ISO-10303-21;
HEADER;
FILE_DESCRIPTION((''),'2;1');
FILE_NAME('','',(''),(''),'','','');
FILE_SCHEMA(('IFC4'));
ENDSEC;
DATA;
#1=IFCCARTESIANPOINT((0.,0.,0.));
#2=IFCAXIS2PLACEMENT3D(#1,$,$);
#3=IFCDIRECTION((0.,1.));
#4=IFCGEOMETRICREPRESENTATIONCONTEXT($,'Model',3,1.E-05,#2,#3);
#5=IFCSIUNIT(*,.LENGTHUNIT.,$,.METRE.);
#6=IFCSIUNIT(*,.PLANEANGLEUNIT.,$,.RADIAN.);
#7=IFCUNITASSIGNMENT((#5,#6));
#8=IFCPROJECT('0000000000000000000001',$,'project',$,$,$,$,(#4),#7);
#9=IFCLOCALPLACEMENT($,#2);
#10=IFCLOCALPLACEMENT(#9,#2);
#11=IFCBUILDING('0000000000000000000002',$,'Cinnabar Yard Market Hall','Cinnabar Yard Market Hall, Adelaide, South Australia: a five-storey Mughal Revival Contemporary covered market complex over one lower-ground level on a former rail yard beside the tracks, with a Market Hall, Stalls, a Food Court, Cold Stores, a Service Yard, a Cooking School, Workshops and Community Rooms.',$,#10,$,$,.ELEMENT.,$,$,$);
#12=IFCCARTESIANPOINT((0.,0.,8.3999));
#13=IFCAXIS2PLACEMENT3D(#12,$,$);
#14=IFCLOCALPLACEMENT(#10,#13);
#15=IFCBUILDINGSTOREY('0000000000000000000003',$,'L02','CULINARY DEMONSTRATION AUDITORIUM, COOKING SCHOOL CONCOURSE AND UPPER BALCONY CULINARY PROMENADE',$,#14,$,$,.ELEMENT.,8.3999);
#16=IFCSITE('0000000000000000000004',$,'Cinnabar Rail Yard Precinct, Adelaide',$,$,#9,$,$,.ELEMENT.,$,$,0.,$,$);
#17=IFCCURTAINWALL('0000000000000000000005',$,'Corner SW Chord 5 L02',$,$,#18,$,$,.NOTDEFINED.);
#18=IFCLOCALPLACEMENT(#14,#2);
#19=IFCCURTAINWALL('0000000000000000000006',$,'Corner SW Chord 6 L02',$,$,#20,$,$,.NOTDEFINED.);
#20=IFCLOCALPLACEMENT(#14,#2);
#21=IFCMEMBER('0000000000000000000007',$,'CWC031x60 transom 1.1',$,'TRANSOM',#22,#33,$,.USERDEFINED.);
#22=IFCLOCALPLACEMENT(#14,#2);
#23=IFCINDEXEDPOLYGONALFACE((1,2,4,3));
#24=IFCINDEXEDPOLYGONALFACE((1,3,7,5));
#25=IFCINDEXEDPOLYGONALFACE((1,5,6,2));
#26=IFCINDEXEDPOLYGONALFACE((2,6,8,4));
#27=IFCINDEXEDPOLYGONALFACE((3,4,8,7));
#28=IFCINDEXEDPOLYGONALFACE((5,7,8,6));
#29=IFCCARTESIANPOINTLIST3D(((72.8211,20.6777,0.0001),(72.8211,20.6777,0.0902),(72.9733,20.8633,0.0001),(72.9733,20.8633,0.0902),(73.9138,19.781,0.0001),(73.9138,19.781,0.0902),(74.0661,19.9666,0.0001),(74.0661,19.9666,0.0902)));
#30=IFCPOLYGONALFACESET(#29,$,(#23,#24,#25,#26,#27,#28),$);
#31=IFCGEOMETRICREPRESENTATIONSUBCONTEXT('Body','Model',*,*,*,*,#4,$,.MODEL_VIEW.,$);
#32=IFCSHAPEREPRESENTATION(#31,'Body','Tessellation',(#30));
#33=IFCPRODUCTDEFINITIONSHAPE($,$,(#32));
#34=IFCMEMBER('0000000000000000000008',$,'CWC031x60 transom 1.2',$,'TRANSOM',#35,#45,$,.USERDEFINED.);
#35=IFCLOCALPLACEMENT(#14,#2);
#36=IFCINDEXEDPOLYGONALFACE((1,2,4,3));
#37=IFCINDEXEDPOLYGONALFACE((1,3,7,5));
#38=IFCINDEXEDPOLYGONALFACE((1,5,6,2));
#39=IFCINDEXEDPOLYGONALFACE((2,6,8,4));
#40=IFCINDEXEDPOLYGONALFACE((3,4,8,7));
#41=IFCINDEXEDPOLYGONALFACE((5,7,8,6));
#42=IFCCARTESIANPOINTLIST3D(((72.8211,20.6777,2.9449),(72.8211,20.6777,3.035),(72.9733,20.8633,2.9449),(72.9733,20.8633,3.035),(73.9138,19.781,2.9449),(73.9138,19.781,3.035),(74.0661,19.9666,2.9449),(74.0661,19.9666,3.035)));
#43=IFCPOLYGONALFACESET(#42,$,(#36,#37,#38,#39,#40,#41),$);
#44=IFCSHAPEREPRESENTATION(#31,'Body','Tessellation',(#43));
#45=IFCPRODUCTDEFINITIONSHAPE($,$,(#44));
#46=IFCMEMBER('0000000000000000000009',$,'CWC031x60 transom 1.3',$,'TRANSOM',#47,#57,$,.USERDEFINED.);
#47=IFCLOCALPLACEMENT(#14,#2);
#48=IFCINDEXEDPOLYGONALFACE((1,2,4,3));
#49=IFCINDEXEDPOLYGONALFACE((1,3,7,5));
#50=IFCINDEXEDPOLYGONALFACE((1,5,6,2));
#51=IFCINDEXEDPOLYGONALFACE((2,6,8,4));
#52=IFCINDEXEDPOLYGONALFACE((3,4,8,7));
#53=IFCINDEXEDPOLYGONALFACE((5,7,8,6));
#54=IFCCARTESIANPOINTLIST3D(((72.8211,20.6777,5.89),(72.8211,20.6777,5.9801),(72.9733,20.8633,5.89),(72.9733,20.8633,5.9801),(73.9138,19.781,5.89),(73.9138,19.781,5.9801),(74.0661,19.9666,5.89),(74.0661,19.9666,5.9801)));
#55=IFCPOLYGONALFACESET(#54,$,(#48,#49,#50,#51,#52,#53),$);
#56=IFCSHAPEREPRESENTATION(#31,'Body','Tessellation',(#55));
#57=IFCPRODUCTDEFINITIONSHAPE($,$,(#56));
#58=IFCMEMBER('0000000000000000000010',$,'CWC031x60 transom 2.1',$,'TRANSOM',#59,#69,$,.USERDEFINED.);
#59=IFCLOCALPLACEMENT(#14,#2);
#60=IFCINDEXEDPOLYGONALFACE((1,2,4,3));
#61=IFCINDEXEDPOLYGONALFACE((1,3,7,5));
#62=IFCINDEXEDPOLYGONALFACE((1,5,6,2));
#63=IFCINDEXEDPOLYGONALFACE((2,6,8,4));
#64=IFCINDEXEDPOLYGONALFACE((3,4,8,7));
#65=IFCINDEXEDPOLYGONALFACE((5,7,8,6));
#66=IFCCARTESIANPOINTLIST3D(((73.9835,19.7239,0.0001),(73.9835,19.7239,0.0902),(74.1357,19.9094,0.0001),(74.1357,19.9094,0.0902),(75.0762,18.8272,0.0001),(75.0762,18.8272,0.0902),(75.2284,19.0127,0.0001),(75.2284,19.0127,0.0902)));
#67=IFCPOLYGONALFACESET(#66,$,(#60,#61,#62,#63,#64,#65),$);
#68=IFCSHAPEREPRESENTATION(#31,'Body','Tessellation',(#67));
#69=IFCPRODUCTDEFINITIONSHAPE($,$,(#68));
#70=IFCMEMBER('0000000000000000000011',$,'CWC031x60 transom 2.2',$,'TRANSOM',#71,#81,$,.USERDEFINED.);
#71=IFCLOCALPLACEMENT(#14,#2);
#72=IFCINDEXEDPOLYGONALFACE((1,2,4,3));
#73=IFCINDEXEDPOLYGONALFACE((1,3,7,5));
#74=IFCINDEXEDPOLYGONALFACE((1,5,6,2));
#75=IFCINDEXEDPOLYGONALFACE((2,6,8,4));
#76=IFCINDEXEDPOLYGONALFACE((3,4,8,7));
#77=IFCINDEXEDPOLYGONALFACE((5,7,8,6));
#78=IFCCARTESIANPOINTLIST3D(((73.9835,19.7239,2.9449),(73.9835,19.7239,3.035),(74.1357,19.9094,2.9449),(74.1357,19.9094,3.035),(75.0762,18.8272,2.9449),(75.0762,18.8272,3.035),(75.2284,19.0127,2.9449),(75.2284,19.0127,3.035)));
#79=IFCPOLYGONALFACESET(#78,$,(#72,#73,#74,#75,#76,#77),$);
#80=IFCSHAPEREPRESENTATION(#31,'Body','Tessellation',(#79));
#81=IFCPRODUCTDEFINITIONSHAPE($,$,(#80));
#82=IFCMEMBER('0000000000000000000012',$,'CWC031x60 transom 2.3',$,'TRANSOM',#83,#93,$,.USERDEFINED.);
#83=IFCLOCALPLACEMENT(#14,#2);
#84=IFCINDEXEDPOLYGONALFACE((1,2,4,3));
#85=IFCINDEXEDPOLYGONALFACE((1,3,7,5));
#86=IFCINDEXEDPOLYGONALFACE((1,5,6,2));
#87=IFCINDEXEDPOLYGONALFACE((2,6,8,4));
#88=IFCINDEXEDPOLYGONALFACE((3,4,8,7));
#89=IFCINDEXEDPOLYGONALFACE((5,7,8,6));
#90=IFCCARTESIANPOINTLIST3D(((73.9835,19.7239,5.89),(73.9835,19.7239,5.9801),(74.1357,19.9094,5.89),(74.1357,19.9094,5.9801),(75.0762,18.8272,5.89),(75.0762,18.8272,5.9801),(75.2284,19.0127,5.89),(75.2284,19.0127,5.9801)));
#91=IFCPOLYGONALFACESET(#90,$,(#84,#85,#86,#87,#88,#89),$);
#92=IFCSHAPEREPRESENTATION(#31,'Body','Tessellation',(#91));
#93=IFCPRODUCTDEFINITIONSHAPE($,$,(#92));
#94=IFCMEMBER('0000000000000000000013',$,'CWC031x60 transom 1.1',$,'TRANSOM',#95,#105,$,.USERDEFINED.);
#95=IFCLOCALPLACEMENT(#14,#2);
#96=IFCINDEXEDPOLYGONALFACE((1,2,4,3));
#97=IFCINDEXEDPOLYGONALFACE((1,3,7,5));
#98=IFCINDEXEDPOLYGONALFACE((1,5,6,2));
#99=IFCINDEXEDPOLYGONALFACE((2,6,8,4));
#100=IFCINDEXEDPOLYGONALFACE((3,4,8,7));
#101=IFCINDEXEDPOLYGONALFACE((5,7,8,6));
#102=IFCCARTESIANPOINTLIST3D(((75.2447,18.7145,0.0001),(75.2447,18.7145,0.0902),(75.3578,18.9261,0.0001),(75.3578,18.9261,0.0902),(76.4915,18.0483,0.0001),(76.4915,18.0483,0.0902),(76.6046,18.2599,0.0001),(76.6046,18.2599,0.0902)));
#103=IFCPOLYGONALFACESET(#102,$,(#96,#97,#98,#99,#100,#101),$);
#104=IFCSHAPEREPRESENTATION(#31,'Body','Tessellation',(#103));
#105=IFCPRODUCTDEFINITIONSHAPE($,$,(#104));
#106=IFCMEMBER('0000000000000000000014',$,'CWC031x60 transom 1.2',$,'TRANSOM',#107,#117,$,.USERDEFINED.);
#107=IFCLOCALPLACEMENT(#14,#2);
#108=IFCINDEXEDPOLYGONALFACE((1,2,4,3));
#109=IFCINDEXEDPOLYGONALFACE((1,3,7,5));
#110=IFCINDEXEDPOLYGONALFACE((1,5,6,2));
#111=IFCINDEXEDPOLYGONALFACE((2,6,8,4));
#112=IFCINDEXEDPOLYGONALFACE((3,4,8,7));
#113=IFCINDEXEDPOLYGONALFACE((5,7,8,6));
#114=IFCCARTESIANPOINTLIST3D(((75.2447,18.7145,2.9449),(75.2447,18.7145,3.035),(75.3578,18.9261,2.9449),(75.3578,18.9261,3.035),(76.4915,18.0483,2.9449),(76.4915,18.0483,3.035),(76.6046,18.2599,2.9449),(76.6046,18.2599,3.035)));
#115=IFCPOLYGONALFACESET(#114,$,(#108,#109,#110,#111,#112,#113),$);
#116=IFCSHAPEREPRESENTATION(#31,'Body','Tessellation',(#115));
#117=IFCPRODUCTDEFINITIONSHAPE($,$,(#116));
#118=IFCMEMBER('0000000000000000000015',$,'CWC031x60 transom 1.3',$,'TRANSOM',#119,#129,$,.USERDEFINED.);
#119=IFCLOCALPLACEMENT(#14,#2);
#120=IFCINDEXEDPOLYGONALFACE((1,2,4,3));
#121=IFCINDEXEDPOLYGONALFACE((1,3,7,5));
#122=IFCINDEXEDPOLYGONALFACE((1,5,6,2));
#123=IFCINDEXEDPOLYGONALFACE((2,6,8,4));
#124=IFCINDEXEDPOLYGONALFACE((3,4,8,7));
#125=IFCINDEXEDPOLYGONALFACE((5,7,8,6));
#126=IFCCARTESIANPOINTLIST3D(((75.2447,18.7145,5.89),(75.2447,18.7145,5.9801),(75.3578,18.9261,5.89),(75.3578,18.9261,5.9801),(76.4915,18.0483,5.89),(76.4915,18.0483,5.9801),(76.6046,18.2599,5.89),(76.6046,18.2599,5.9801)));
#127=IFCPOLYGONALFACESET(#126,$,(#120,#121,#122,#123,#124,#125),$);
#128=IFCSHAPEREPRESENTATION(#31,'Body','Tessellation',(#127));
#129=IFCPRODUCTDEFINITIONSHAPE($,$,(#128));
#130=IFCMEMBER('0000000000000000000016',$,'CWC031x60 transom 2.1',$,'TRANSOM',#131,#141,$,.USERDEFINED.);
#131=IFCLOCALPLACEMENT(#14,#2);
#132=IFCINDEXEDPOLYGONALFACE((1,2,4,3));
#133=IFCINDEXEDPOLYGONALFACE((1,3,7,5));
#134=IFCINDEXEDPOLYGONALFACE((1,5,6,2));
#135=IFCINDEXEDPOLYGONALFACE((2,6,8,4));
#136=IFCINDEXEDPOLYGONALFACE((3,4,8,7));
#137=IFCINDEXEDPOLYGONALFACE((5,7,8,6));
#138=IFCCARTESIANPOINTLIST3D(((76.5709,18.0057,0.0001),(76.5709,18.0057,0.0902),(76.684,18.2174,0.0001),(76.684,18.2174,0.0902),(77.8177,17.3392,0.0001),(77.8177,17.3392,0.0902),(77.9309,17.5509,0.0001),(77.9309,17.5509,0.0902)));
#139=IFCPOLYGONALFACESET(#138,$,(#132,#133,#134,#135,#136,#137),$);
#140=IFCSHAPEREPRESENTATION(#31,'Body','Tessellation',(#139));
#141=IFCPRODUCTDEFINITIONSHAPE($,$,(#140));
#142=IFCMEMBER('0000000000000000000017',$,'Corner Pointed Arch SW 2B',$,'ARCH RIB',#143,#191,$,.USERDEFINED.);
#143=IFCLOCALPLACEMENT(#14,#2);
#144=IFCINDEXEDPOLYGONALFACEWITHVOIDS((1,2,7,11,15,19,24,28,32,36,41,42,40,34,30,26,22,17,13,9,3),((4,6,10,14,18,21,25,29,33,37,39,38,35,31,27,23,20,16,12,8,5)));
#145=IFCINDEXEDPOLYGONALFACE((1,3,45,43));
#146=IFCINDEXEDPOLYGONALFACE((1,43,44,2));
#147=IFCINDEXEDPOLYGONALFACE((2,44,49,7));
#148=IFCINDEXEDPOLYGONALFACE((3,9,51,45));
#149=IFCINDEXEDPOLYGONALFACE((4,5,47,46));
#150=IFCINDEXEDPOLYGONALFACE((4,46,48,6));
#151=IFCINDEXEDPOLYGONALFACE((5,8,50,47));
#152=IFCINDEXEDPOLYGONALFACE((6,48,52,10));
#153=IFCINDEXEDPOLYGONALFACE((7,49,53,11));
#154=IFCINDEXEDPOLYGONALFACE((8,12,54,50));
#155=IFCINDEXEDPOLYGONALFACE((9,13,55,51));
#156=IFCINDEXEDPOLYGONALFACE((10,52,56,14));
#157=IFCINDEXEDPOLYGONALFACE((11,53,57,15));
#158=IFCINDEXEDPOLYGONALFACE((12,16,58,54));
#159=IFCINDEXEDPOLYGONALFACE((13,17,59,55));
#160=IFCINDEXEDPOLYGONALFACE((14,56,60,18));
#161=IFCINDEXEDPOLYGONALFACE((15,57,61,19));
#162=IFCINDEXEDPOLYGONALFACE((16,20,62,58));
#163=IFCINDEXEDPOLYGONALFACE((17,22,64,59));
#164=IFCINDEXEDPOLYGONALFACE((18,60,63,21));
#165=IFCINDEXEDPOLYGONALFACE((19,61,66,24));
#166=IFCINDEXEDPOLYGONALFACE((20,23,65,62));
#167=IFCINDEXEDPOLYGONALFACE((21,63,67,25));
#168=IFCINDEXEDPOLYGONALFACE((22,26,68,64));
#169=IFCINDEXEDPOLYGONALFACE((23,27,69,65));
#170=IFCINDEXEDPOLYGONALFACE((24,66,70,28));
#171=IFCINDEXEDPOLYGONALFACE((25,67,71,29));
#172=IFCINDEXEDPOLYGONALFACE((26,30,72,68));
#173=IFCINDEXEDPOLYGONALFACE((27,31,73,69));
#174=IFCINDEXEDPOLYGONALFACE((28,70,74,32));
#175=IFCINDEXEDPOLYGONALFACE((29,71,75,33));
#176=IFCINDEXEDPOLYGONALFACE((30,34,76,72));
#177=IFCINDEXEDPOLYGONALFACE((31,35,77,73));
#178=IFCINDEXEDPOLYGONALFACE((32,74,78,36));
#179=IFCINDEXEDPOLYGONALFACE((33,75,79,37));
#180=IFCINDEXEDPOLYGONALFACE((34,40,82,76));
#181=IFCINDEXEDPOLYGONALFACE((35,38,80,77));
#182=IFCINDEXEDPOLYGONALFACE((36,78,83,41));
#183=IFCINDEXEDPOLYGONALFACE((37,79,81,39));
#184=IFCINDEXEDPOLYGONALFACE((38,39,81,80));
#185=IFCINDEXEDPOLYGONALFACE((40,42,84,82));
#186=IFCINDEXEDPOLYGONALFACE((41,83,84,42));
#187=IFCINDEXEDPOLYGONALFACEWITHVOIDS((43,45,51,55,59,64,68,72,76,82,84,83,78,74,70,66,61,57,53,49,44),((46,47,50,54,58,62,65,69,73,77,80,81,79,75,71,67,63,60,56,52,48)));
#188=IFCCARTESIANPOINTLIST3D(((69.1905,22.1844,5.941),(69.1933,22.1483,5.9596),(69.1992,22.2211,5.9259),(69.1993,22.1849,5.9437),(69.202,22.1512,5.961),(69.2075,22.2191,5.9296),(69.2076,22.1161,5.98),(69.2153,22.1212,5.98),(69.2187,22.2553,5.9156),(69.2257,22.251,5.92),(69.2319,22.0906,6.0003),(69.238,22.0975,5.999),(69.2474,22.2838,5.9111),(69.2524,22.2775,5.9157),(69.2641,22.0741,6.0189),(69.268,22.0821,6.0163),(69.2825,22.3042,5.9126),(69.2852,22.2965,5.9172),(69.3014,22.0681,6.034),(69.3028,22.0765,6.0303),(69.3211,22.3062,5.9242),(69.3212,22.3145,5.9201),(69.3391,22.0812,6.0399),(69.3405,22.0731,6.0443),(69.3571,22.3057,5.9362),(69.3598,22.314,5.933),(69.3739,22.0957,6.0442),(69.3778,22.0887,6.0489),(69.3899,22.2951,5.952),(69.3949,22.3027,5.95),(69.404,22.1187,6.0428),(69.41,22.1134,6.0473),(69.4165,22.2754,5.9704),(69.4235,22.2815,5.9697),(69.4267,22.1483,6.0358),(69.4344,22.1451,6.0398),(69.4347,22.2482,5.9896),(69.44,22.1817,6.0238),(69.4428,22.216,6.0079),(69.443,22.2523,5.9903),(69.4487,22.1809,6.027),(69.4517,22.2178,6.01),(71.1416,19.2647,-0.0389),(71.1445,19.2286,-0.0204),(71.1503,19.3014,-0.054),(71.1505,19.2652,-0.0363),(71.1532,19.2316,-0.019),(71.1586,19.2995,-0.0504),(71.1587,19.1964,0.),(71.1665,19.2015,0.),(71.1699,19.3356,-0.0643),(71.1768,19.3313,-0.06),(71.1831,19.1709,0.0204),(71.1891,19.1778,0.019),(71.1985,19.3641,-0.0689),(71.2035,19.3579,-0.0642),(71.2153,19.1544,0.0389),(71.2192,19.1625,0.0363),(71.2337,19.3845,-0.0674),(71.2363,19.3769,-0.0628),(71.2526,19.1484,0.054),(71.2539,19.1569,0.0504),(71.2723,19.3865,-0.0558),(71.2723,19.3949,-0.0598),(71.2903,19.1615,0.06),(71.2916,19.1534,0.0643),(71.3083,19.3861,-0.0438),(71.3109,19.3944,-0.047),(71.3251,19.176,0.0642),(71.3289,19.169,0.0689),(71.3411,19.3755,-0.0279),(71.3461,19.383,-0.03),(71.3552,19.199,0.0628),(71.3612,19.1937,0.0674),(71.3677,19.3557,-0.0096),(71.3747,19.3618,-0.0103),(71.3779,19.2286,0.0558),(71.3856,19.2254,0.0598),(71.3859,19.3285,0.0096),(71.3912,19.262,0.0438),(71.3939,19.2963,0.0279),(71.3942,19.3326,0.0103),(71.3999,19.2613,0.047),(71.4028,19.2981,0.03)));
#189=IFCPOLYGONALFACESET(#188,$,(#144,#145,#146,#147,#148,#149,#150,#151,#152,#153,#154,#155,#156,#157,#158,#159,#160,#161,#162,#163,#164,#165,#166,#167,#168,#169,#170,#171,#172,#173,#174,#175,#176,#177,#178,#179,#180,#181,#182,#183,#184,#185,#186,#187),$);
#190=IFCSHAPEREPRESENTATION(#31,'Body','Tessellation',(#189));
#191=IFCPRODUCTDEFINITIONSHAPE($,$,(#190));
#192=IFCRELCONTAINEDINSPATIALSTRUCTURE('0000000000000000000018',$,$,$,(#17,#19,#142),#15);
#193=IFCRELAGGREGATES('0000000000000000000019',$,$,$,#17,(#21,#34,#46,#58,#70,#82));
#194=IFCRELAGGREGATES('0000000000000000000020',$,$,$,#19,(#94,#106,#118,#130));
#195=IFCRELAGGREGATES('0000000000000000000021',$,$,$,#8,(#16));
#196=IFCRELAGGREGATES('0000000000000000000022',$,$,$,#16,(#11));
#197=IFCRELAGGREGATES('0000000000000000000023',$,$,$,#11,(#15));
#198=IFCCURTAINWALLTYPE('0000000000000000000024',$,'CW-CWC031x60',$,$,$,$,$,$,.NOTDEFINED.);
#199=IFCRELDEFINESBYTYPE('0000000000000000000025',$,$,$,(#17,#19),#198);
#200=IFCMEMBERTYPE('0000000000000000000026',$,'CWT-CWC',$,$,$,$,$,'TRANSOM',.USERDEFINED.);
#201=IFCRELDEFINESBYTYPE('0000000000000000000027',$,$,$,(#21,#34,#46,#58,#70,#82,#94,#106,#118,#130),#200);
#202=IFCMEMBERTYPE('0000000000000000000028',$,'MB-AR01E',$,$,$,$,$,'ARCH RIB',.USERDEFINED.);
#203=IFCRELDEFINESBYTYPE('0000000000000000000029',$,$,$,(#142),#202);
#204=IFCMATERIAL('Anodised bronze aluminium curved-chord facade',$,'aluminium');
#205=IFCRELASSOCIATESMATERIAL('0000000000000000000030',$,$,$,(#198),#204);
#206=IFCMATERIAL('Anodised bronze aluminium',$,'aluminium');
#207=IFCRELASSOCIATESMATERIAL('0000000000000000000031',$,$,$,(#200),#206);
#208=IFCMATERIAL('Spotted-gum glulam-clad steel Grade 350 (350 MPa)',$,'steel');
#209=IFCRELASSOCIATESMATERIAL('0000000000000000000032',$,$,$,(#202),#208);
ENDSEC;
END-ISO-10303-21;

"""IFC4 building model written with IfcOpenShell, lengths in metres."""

from ifc_helpers import new_model, si_unit, direction, frame, origin, origin_2d_with_axis, place, context, subcontext, project, spatial, rectangle, hollow_circle, extrude, material, material_profile, profile_set, type_object, element, aggregate, save


model = new_model("IFC4")

# Units and contexts
model_context = context("Model", 3, precision=1e-05, world=origin(), true_north=direction((0.0, 1.0)))
body_context = subcontext(model_context, "Body", "Model", "MODEL_VIEW")
ifc_project = project(units=[si_unit("LENGTHUNIT", "METRE"), si_unit("PLANEANGLEUNIT", "RADIAN")], contexts=[model_context])

# Site, building, storey
site_placement = place(None, origin())
site = spatial("IfcSite", under=ifc_project, at=site_placement, Name="Cinnabar Rail Yard Precinct, Adelaide", CompositionType="ELEMENT", RefElevation=0.0)
building_placement = place(site_placement, origin())
building = spatial("IfcBuilding", under=site, at=building_placement, Name="Cinnabar Yard Market Hall", Description="Cinnabar Yard Market Hall, Adelaide, South Australia: a five-storey Mughal Revival Contemporary covered market complex over one lower-ground level on a former rail yard beside the tracks, with a Market Hall, Stalls, a Food Court, Cold Stores, a Service Yard, a Cooking School, Workshops and Community Rooms.", CompositionType="ELEMENT")
storey_placement = place(building_placement, frame((0.0, 0.0, 8.3999)))
storey = spatial("IfcBuildingStorey", under=building, at=storey_placement, Name="L02", Description="CULINARY DEMONSTRATION AUDITORIUM, COOKING SCHOOL CONCOURSE AND UPPER BALCONY CULINARY PROMENADE", CompositionType="ELEMENT", Elevation=8.3999)

# Shared definitions
ifc_material_1 = material(Name="Spotted-gum glulam-clad steel Grade 350 (350 MPa)", Category="steel")

# Curtain walls
ifc_material_2 = material(Name="Anodised bronze aluminium curved-chord facade", Category="aluminium")
curtain_wall_type = type_object("IfcCurtainWallType", Name="CW-CWC031x60", PredefinedType="NOTDEFINED", material=ifc_material_2)
ifc_material_3 = material(Name="Anodised bronze aluminium", Category="aluminium")
curtain_wall_1_placement = place(storey_placement, origin())
curtain_wall_1 = element("IfcCurtainWall", 1, at=curtain_wall_1_placement, inside=storey, type_object=curtain_wall_type, Name="Corner SW Chord 5 L02", PredefinedType="NOTDEFINED")
curtain_wall_2_placement = place(storey_placement, origin())
curtain_wall_2 = element("IfcCurtainWall", 2, at=curtain_wall_2_placement, inside=storey, type_object=curtain_wall_type, Name="Corner SW Chord 6 L02", PredefinedType="NOTDEFINED")

# Members
ifc_material_profile_1 = material_profile(ifc_material_3, rectangle(XDim=0.24, YDim=0.0901, at=origin_2d_with_axis()), Name="TRN-CWC")
ifc_profile_set_1 = profile_set([ifc_material_profile_1], Name="Anodised bronze aluminium")
member_type_1 = type_object("IfcMemberType", Name="CWT-CWC", ElementType="TRANSOM", PredefinedType="USERDEFINED", material=ifc_profile_set_1)
member_1_placement = place(storey_placement, frame((72.8972, 20.7705, 0.0452), z_axis=(0.773041, -0.634356, 0.0), x_axis=(0.634356, 0.773041, 0.0)))
member_1 = element("IfcMember", 3, at=member_1_placement, type_object=member_type_1, Name="CWC031x60 transom 1.1", ObjectType="TRANSOM", PredefinedType="USERDEFINED", context=body_context, shape_type="SweptSolid", body=[
    extrude(rectangle(XDim=0.24, YDim=0.0901, at=origin_2d_with_axis()), origin(), (0.0, 0.0, 1.0), 1.4136),
])
member_2_placement = place(storey_placement, frame((72.8972, 20.7705, 2.99), z_axis=(0.773041, -0.634356, 0.0), x_axis=(0.634356, 0.773041, 0.0)))
member_2 = element("IfcMember", 4, at=member_2_placement, type_object=member_type_1, Name="CWC031x60 transom 1.2", ObjectType="TRANSOM", PredefinedType="USERDEFINED", context=body_context, shape_type="SweptSolid", body=[
    extrude(rectangle(XDim=0.24, YDim=0.0901, at=origin_2d_with_axis()), origin(), (0.0, 0.0, 1.0), 1.4136),
])
member_3_placement = place(storey_placement, frame((72.8972, 20.7705, 5.9351), z_axis=(0.773041, -0.634356, 0.0), x_axis=(0.634356, 0.773041, 0.0)))
member_3 = element("IfcMember", 5, at=member_3_placement, type_object=member_type_1, Name="CWC031x60 transom 1.3", ObjectType="TRANSOM", PredefinedType="USERDEFINED", context=body_context, shape_type="SweptSolid", body=[
    extrude(rectangle(XDim=0.24, YDim=0.0901, at=origin_2d_with_axis()), origin(), (0.0, 0.0, 1.0), 1.4136),
])
member_4_placement = place(storey_placement, frame((74.0596, 19.8167, 0.0452), z_axis=(0.773041, -0.634356, 0.0), x_axis=(0.634356, 0.773041, 0.0)))
member_4 = element("IfcMember", 6, at=member_4_placement, type_object=member_type_1, Name="CWC031x60 transom 2.1", ObjectType="TRANSOM", PredefinedType="USERDEFINED", context=body_context, shape_type="SweptSolid", body=[
    extrude(rectangle(XDim=0.24, YDim=0.0901, at=origin_2d_with_axis()), origin(), (0.0, 0.0, 1.0), 1.4136),
])
member_5_placement = place(storey_placement, frame((74.0596, 19.8167, 2.99), z_axis=(0.773041, -0.634356, 0.0), x_axis=(0.634356, 0.773041, 0.0)))
member_5 = element("IfcMember", 7, at=member_5_placement, type_object=member_type_1, Name="CWC031x60 transom 2.2", ObjectType="TRANSOM", PredefinedType="USERDEFINED", context=body_context, shape_type="SweptSolid", body=[
    extrude(rectangle(XDim=0.24, YDim=0.0901, at=origin_2d_with_axis()), origin(), (0.0, 0.0, 1.0), 1.4136),
])
member_6_placement = place(storey_placement, frame((74.0596, 19.8167, 5.9351), z_axis=(0.773041, -0.634356, 0.0), x_axis=(0.634356, 0.773041, 0.0)))
member_6 = element("IfcMember", 8, at=member_6_placement, type_object=member_type_1, Name="CWC031x60 transom 2.3", ObjectType="TRANSOM", PredefinedType="USERDEFINED", context=body_context, shape_type="SweptSolid", body=[
    extrude(rectangle(XDim=0.24, YDim=0.0901, at=origin_2d_with_axis()), origin(), (0.0, 0.0, 1.0), 1.4136),
])
member_7_placement = place(storey_placement, frame((75.3013, 18.8203, 0.0452), z_axis=(0.881975, -0.471296, 0.0), x_axis=(0.471296, 0.881975, 0.0)))
member_7 = element("IfcMember", 9, at=member_7_placement, type_object=member_type_1, Name="CWC031x60 transom 1.1", ObjectType="TRANSOM", PredefinedType="USERDEFINED", context=body_context, shape_type="SweptSolid", body=[
    extrude(rectangle(XDim=0.24, YDim=0.0901, at=origin_2d_with_axis()), origin(), (0.0, 0.0, 1.0), 1.4136),
])
member_8_placement = place(storey_placement, frame((75.3013, 18.8203, 2.99), z_axis=(0.881975, -0.471296, 0.0), x_axis=(0.471296, 0.881975, 0.0)))
member_8 = element("IfcMember", 10, at=member_8_placement, type_object=member_type_1, Name="CWC031x60 transom 1.2", ObjectType="TRANSOM", PredefinedType="USERDEFINED", context=body_context, shape_type="SweptSolid", body=[
    extrude(rectangle(XDim=0.24, YDim=0.0901, at=origin_2d_with_axis()), origin(), (0.0, 0.0, 1.0), 1.4136),
])
member_9_placement = place(storey_placement, frame((75.3013, 18.8203, 5.9351), z_axis=(0.881975, -0.471296, 0.0), x_axis=(0.471296, 0.881975, 0.0)))
member_9 = element("IfcMember", 11, at=member_9_placement, type_object=member_type_1, Name="CWC031x60 transom 1.3", ObjectType="TRANSOM", PredefinedType="USERDEFINED", context=body_context, shape_type="SweptSolid", body=[
    extrude(rectangle(XDim=0.24, YDim=0.0901, at=origin_2d_with_axis()), origin(), (0.0, 0.0, 1.0), 1.4136),
])
member_10_placement = place(storey_placement, frame((76.6274, 18.1116, 0.0452), z_axis=(0.881903, -0.471431, 0.0), x_axis=(0.471431, 0.881903, 0.0)))
member_10 = element("IfcMember", 12, at=member_10_placement, type_object=member_type_1, Name="CWC031x60 transom 2.1", ObjectType="TRANSOM", PredefinedType="USERDEFINED", context=body_context, shape_type="SweptSolid", body=[
    extrude(rectangle(XDim=0.24, YDim=0.0901, at=origin_2d_with_axis()), origin(), (0.0, 0.0, 1.0), 1.4138),
])

# Member
ifc_material_profile_2 = material_profile(ifc_material_1, hollow_circle(Radius=0.1365, WallThickness=0.0093, at=origin_2d_with_axis()), Name="273.1x9.3CHS")
ifc_profile_set_2 = profile_set([ifc_material_profile_2], Name="Spotted-gum glulam-clad steel Grade 350 (350 MPa)")
member_type_2 = type_object("IfcMemberType", Name="MB-AR01E", ElementType="ARCH RIB", PredefinedType="USERDEFINED", material=ifc_profile_set_2)
for number, where, z_axis, x_axis, name in (
    (13, (71.2722, 19.2722, 0.0), (-0.281359, 0.421017, 0.862312), (-0.831429, -0.55563, 0.0), "Corner Pointed Arch SW 2B"),
):
    element("IfcMember", number, at=place(storey_placement, frame(where, z_axis=z_axis, x_axis=x_axis)), inside=storey, type_object=member_type_2, Name=name, ObjectType="ARCH RIB", PredefinedType="USERDEFINED", context=body_context, shape_type="SweptSolid", body=[
        extrude(hollow_circle(Radius=0.1365, WallThickness=0.0093, at=origin_2d_with_axis()), origin(), (0.0, 0.0, 1.0), 6.9348),
    ])

aggregate(curtain_wall_1, [member_1, member_2, member_3, member_4, member_5, member_6])
aggregate(curtain_wall_2, [member_7, member_8, member_9, member_10])

save(model, "model.ifc")
